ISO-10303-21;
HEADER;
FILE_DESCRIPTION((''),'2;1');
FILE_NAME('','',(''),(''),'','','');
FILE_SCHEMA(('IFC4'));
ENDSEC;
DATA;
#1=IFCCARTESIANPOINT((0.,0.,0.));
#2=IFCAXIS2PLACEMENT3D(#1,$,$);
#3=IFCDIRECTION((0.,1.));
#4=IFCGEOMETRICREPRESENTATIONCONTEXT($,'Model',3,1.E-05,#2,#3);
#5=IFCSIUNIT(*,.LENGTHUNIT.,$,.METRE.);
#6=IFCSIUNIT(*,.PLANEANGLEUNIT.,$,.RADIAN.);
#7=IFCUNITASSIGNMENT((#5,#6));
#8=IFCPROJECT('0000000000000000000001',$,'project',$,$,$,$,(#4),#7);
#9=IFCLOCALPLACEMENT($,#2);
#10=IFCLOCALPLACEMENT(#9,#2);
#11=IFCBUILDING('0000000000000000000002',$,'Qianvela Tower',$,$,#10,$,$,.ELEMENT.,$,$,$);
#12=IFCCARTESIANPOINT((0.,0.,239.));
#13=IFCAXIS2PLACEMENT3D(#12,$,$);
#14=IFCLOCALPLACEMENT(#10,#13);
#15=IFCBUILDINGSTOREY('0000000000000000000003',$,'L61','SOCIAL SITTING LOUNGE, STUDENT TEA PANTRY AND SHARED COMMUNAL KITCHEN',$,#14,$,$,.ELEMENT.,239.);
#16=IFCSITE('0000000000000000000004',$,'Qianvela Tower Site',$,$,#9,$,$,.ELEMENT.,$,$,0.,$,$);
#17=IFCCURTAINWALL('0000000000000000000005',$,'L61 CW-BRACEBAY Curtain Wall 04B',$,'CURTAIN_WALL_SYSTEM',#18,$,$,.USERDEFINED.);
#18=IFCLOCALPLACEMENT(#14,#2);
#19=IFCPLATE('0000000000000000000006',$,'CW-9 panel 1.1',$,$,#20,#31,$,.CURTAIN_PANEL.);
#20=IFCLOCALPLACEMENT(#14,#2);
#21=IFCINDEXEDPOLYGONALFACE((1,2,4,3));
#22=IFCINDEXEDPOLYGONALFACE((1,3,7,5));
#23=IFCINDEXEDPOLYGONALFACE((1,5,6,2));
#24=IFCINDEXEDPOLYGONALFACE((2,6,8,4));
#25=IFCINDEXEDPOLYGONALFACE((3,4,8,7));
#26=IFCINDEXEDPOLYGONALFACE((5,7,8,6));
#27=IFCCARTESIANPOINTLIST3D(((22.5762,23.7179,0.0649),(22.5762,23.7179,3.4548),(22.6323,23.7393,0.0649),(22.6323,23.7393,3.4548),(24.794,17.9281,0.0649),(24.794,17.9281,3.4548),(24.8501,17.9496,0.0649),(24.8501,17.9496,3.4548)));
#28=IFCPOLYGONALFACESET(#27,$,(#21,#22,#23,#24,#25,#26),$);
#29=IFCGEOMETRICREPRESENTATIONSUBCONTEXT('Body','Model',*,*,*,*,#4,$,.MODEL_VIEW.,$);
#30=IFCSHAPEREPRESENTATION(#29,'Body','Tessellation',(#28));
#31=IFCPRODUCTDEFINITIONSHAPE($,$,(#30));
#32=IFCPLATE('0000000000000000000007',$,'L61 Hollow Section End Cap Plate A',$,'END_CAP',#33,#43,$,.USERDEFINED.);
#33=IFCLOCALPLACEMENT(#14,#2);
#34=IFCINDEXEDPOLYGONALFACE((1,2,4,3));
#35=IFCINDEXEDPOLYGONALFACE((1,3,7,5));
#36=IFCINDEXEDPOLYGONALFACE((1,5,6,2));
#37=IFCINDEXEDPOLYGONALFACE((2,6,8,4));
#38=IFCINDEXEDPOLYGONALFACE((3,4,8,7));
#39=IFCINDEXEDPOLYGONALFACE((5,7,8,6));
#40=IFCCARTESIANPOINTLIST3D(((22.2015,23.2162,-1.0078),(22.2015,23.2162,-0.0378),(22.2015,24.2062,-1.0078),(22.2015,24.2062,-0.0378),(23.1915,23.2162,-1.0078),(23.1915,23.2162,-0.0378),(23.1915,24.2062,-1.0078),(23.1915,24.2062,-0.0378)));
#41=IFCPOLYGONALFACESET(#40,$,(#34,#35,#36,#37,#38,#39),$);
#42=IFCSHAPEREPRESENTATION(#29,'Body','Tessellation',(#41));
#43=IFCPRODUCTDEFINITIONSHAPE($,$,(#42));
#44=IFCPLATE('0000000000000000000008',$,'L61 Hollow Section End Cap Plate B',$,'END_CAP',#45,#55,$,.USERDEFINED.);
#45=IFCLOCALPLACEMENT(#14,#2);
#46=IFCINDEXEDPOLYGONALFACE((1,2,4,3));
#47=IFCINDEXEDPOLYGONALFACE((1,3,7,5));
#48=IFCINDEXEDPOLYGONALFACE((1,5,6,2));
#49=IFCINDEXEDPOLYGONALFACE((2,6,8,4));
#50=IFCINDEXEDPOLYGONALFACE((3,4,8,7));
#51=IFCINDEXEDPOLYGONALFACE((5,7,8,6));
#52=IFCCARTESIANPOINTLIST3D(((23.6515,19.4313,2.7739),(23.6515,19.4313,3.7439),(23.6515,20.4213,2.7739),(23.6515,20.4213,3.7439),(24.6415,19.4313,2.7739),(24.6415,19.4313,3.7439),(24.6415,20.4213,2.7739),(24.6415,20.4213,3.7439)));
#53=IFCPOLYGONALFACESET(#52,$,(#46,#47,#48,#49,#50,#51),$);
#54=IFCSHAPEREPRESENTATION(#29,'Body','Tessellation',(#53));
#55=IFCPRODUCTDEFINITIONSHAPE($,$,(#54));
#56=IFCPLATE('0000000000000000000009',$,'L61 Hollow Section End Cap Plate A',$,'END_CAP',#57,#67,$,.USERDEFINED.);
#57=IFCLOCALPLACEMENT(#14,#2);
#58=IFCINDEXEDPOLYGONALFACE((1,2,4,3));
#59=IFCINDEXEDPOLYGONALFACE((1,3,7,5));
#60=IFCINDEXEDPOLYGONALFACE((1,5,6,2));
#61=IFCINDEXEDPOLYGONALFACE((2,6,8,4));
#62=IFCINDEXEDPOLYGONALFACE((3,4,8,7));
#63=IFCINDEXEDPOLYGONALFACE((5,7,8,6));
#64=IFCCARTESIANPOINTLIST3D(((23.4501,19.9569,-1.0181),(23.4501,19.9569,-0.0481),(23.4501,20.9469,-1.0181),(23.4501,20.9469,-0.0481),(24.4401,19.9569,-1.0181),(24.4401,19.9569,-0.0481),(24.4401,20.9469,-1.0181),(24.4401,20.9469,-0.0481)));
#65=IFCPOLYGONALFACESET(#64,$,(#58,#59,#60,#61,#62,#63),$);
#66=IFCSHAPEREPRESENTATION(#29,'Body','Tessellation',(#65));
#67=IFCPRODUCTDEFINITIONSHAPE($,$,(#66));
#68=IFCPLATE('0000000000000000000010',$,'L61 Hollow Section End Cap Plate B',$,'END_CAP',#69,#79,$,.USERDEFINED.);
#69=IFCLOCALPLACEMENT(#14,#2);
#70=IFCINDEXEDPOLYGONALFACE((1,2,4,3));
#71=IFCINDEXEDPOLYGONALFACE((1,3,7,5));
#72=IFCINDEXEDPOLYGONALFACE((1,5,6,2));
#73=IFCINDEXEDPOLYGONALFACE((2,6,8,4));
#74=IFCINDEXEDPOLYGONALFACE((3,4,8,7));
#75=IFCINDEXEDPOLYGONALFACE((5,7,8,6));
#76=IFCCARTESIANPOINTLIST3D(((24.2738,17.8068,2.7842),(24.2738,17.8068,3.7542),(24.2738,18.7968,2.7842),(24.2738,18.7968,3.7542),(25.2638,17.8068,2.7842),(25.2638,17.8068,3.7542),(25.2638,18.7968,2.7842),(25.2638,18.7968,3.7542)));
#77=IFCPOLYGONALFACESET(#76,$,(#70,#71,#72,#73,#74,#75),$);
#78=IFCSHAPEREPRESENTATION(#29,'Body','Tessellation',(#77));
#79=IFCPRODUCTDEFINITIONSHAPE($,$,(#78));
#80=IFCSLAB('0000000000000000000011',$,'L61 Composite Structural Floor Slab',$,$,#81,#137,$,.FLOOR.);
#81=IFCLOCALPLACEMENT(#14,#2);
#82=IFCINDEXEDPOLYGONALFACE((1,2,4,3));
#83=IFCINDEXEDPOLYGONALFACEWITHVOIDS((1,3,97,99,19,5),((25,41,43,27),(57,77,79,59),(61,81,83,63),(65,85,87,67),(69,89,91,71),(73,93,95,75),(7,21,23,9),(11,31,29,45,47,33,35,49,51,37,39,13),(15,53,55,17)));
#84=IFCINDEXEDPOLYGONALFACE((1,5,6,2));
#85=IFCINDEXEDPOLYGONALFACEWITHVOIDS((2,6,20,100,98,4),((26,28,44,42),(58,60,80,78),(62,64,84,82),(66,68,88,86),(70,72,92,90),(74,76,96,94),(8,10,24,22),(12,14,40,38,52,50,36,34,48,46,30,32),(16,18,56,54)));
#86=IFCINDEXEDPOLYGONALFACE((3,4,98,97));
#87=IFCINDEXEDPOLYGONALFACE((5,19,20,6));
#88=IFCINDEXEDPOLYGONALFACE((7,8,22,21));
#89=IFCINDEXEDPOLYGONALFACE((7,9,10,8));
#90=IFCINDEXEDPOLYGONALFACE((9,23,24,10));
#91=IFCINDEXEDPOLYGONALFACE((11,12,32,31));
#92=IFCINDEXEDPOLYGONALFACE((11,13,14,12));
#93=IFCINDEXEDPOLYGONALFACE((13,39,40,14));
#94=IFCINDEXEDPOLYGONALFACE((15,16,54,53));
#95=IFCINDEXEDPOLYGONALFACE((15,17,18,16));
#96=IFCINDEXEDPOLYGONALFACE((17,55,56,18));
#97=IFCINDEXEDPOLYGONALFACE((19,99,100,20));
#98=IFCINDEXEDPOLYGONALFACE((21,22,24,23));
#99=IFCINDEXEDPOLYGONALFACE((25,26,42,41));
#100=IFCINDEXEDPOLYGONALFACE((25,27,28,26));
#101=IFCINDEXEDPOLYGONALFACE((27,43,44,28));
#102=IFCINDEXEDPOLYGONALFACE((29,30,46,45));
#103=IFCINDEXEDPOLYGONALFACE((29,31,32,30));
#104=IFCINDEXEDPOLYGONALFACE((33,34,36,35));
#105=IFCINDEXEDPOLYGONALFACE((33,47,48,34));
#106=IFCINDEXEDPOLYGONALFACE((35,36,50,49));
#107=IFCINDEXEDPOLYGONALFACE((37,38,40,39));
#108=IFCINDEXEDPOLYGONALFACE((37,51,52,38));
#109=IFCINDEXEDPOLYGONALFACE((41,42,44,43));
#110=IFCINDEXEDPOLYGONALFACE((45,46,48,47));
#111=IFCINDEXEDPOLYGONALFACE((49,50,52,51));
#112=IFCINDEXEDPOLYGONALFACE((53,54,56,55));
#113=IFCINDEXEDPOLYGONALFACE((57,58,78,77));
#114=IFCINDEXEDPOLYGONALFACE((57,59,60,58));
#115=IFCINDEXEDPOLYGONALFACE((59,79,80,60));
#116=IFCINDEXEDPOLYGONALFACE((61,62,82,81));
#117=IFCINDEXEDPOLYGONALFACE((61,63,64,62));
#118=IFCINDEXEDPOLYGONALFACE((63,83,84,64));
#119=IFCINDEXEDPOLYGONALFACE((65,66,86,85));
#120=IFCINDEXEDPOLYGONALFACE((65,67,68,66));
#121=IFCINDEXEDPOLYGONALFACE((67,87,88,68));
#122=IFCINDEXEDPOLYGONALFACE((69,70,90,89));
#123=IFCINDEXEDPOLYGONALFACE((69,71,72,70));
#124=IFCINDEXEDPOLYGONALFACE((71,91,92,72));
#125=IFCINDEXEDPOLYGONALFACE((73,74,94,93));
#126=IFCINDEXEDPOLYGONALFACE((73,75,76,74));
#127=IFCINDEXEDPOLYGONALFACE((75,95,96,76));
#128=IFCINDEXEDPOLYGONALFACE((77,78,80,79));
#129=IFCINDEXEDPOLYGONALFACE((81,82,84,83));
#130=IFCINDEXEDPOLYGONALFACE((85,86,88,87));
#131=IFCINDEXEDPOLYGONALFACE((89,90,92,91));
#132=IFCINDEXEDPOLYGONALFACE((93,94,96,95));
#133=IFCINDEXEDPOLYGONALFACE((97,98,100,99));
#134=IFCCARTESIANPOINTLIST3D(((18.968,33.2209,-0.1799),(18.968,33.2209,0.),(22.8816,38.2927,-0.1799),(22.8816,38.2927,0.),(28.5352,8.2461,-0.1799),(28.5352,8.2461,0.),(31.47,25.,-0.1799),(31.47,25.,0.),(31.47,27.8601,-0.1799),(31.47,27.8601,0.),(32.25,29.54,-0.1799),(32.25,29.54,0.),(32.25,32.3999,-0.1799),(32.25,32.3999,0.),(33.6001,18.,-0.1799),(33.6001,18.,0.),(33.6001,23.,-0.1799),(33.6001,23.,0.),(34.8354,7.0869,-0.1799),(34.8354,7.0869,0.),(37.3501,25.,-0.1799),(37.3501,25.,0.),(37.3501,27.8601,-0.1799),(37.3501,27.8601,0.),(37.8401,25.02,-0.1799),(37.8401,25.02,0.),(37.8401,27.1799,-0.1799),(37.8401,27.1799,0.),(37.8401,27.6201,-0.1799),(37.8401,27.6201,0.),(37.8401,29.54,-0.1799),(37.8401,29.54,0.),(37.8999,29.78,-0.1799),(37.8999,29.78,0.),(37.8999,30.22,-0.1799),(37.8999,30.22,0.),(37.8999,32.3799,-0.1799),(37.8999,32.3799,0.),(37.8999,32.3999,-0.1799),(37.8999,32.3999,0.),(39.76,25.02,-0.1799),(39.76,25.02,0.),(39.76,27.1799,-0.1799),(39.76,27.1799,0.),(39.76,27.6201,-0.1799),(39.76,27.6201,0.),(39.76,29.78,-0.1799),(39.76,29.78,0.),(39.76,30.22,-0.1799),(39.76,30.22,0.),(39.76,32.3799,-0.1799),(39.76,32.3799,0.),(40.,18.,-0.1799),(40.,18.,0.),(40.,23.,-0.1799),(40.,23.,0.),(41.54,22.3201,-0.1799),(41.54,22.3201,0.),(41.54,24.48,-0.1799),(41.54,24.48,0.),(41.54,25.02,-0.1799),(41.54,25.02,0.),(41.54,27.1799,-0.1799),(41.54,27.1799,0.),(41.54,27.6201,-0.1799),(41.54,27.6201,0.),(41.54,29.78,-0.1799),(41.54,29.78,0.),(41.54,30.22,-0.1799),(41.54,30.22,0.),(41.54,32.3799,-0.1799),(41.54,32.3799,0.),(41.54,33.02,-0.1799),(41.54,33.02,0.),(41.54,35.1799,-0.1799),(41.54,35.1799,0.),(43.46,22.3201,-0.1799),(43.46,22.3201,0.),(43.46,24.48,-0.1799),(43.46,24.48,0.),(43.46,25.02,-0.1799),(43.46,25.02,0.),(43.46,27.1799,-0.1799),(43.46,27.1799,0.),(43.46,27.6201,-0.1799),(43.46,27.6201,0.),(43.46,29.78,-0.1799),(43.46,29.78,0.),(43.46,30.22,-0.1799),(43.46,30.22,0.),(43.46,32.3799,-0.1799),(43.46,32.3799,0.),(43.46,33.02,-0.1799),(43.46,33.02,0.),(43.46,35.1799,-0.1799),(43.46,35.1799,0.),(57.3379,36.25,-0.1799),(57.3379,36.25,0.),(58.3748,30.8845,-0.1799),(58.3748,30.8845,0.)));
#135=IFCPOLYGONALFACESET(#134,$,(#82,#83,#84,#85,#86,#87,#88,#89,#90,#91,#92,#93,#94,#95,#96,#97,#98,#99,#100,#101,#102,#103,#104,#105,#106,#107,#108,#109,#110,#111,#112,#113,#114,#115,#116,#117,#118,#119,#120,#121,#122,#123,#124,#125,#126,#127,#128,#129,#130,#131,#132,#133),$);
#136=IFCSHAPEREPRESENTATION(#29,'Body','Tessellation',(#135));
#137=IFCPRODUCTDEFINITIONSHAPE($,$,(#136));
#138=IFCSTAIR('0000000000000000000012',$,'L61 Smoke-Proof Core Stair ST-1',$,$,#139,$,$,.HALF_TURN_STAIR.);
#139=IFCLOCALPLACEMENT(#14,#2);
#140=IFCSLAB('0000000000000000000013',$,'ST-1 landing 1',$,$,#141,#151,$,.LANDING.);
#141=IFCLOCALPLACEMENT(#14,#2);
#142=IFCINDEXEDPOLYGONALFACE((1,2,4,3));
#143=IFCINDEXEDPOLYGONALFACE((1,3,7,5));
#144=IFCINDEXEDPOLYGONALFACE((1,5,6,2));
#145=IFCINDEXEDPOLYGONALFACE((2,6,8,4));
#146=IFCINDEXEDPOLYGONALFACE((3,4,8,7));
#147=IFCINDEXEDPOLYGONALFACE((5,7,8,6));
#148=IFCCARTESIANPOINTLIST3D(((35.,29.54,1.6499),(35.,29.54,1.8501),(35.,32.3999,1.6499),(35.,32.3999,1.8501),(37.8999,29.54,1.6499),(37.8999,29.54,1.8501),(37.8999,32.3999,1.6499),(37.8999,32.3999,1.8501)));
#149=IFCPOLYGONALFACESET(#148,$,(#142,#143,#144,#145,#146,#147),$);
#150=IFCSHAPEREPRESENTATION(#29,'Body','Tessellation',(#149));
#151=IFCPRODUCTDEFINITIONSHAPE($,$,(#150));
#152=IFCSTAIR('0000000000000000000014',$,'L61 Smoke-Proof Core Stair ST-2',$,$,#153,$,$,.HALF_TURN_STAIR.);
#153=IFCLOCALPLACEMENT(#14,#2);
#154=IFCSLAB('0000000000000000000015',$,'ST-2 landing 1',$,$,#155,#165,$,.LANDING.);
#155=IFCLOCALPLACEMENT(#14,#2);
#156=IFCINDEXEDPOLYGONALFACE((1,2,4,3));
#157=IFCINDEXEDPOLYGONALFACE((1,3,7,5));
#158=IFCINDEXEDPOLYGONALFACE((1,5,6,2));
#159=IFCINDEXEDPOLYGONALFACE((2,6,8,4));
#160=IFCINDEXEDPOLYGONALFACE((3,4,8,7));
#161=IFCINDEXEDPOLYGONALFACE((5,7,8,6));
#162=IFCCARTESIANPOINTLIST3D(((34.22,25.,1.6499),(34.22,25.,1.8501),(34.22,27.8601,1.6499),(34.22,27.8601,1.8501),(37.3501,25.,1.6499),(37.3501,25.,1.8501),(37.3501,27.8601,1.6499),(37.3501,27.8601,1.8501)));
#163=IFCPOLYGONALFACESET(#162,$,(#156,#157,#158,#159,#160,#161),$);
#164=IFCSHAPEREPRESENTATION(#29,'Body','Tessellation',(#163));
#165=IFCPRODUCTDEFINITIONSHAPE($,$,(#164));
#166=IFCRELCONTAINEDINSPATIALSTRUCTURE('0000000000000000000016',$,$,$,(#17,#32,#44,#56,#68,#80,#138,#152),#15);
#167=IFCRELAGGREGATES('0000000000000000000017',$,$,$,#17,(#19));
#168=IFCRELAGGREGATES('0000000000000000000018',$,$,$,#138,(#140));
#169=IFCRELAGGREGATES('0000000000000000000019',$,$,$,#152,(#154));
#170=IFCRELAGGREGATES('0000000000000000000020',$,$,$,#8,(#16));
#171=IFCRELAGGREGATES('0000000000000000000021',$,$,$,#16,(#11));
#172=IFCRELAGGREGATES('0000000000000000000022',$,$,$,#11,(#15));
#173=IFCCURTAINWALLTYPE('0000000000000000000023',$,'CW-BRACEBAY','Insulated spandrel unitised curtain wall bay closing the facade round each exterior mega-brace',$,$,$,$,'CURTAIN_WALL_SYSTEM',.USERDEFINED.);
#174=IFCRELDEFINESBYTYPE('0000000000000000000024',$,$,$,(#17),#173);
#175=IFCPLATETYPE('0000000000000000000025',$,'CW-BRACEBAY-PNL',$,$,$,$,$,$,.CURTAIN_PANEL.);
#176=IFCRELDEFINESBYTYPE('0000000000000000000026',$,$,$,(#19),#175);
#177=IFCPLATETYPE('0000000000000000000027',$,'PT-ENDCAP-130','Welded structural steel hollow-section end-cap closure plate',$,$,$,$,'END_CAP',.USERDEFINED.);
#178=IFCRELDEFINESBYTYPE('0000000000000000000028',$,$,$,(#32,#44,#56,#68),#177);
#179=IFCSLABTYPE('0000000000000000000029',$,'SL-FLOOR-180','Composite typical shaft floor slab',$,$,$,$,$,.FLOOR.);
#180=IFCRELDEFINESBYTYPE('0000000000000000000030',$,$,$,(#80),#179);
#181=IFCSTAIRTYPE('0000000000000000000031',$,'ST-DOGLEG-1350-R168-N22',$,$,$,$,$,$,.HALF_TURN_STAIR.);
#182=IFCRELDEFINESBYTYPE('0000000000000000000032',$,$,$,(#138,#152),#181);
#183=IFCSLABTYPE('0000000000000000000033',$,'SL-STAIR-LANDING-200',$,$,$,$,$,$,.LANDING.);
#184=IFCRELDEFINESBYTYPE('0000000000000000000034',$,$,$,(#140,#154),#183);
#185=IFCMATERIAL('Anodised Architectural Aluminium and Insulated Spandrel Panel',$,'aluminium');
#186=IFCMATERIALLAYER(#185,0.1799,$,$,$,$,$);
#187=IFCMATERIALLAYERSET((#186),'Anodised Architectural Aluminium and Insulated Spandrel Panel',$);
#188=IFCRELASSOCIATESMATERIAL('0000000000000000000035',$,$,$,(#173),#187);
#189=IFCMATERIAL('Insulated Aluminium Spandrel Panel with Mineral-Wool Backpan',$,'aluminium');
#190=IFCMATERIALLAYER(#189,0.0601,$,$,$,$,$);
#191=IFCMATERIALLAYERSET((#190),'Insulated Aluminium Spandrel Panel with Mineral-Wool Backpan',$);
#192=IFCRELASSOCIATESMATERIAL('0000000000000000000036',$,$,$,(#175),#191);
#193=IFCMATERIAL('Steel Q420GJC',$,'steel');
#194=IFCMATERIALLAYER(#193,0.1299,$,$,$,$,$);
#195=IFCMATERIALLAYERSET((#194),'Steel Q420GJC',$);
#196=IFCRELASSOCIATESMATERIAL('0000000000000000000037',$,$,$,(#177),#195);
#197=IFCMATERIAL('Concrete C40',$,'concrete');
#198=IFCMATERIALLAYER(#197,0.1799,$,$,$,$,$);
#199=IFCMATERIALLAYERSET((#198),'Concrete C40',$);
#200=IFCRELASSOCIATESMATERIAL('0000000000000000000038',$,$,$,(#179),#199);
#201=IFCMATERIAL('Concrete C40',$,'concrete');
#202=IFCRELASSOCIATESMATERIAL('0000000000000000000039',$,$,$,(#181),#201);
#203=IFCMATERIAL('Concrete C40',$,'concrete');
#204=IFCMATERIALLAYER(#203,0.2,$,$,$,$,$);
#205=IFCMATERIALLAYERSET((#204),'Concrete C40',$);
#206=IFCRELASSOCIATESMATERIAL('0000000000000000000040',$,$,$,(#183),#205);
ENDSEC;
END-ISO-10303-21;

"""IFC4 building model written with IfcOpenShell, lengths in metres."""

from ifc_helpers import new_model, si_unit, direction, frame, origin, origin_2d, place, context, subcontext, project, spatial, polyline, rectangle, outline, extrude, material, layer, layer_set, type_object, element, aggregate, save


model = new_model("IFC4")

# Units and contexts
model_context = context("Model", 3, precision=1e-05, world=origin(), true_north=direction((0.0, 1.0)))
body_context = subcontext(model_context, "Body", "Model", "MODEL_VIEW")
ifc_project = project(units=[si_unit("LENGTHUNIT", "METRE"), si_unit("PLANEANGLEUNIT", "RADIAN")], contexts=[model_context])

# Site, building, storey
site_placement = place(None, origin())
site = spatial("IfcSite", under=ifc_project, at=site_placement, Name="Qianvela Tower Site", CompositionType="ELEMENT", RefElevation=0.0)
building_placement = place(site_placement, origin())
building = spatial("IfcBuilding", under=site, at=building_placement, Name="Qianvela Tower", CompositionType="ELEMENT")
storey_placement = place(building_placement, frame((0.0, 0.0, 239.0)))
storey = spatial("IfcBuildingStorey", under=building, at=storey_placement, Name="L61", Description="SOCIAL SITTING LOUNGE, STUDENT TEA PANTRY AND SHARED COMMUNAL KITCHEN", CompositionType="ELEMENT", Elevation=239.0)

# Curtain wall
ifc_material_1 = material(Name="Anodised Architectural Aluminium and Insulated Spandrel Panel", Category="aluminium")
ifc_layer_1 = layer(ifc_material_1, 0.1799)
ifc_layer_set_1 = layer_set([ifc_layer_1], Name="Anodised Architectural Aluminium and Insulated Spandrel Panel")
curtain_wall_type_1 = type_object("IfcCurtainWallType", Name="CW-BRACEBAY", Description="Insulated spandrel unitised curtain wall bay closing the facade round each exterior mega-brace", ElementType="CURTAIN_WALL_SYSTEM", PredefinedType="USERDEFINED", material=ifc_layer_set_1)
curtain_wall_1_placement = place(storey_placement, origin())
curtain_wall_1 = element("IfcCurtainWall", 1, at=curtain_wall_1_placement, inside=storey, type_object=curtain_wall_type_1, Name="L61 CW-BRACEBAY Curtain Wall 04B", ObjectType="CURTAIN_WALL_SYSTEM", PredefinedType="USERDEFINED")

# Plate
ifc_material_2 = material(Name="Insulated Aluminium Spandrel Panel with Mineral-Wool Backpan", Category="aluminium")
ifc_layer_2 = layer(ifc_material_2, 0.0601)
ifc_layer_set_2 = layer_set([ifc_layer_2], Name="Insulated Aluminium Spandrel Panel with Mineral-Wool Backpan")
plate_type_1 = type_object("IfcPlateType", Name="CW-BRACEBAY-PNL", PredefinedType="CURTAIN_PANEL", material=ifc_layer_set_2)
plate_placement = place(storey_placement, frame((23.7131, 20.8337, 0.0649), z_axis=(0.0, 0.0, 1.0), x_axis=(0.357713, -0.933832, 0.0)))
plate = element("IfcPlate", 2, at=plate_placement, type_object=plate_type_1, Name="CW-9 panel 1.1", PredefinedType="CURTAIN_PANEL", context=body_context, shape_type="SweptSolid", body=[
    extrude(rectangle(XDim=6.2, YDim=0.0601, at=origin_2d()), origin(), (0.0, 0.0, 1.0), 3.3899),
])
aggregate(curtain_wall_1, [plate])

# Plates
ifc_material_3 = material(Name="Steel Q420GJC", Category="steel")
ifc_layer_3 = layer(ifc_material_3, 0.1299)
ifc_layer_set_3 = layer_set([ifc_layer_3], Name="Steel Q420GJC")
plate_type_2 = type_object("IfcPlateType", Name="PT-ENDCAP-130", Description="Welded structural steel hollow-section end-cap closure plate", ElementType="END_CAP", PredefinedType="USERDEFINED", material=ifc_layer_set_3)
for number, where, z_axis, x_axis, name in (
    (3, (22.6965, 23.7112, -1.0078), (0.0, 0.0, 1.0), (1.0, 0.0, 0.0), "L61 Hollow Section End Cap Plate A"),
    (4, (24.1465, 19.9263, 2.7739), (0.0, 0.0, 1.0), (1.0, 0.0, 0.0), "L61 Hollow Section End Cap Plate B"),
    (5, (23.9451, 20.4519, -1.0181), (0.0, 0.0, 1.0), (1.0, 0.0, 0.0), "L61 Hollow Section End Cap Plate A"),
    (6, (24.7688, 18.3018, 2.7842), (0.0, 0.0, 1.0), (1.0, 0.0, 0.0), "L61 Hollow Section End Cap Plate B"),
):
    element("IfcPlate", number, at=place(storey_placement, frame(where, z_axis=z_axis, x_axis=x_axis)), inside=storey, type_object=plate_type_2, Name=name, ObjectType="END_CAP", PredefinedType="USERDEFINED", context=body_context, shape_type="SweptSolid", body=[
        extrude(rectangle(XDim=0.99, YDim=0.99, at=origin_2d()), origin(), (0.0, 0.0, 1.0), 0.97),
    ])

# Slab
ifc_material_4 = material(Name="Concrete C40", Category="concrete")
ifc_layer_4 = layer(ifc_material_4, 0.1799)
ifc_layer_set_4 = layer_set([ifc_layer_4], Name="Concrete C40")
slab_type_1 = type_object("IfcSlabType", Name="SL-FLOOR-180", Description="Composite typical shaft floor slab", PredefinedType="FLOOR", material=ifc_layer_set_4)
slab_1_placement = place(storey_placement, frame((0.0, 0.0, -0.1799)))
element("IfcSlab", 7, at=slab_1_placement, inside=storey, type_object=slab_type_1, Name="L61 Composite Structural Floor Slab", PredefinedType="FLOOR", context=body_context, shape_type="SweptSolid", body=[
    extrude(outline(polyline([(58.3748, 30.8845), (57.3379, 36.25), (22.8816, 38.2927), (18.968, 33.2209), (28.5352, 8.2461), (34.8354, 7.0869), (58.3748, 30.8845)]), holes=[polyline([(40.0, 23.0), (33.6001, 23.0), (33.6001, 18.0), (40.0, 18.0), (40.0, 23.0)]), polyline([(39.76, 27.1799), (37.8401, 27.1799), (37.8401, 25.02), (39.76, 25.02), (39.76, 27.1799)]), polyline([(37.3501, 27.8601), (31.47, 27.8601), (31.47, 25.0), (37.3501, 25.0), (37.3501, 27.8601)]), polyline([(37.8401, 27.6201), (39.76, 27.6201), (39.76, 29.78), (37.8999, 29.78), (37.8999, 30.22), (39.76, 30.22), (39.76, 32.3799), (37.8999, 32.3799), (37.8999, 32.3999), (32.25, 32.3999), (32.25, 29.54), (37.8401, 29.54), (37.8401, 27.6201)]), polyline([(43.46, 22.3201), (43.46, 24.48), (41.54, 24.48), (41.54, 22.3201), (43.46, 22.3201)]), polyline([(43.46, 25.02), (43.46, 27.1799), (41.54, 27.1799), (41.54, 25.02), (43.46, 25.02)]), polyline([(43.46, 29.78), (41.54, 29.78), (41.54, 27.6201), (43.46, 27.6201), (43.46, 29.78)]), polyline([(43.46, 30.22), (43.46, 32.3799), (41.54, 32.3799), (41.54, 30.22), (43.46, 30.22)]), polyline([(43.46, 33.02), (43.46, 35.1799), (41.54, 35.1799), (41.54, 33.02), (43.46, 33.02)])]), origin(), (0.0, 0.0, 1.0), 0.1799),
])

# Stairs, slabs
ifc_material_5 = material(Name="Concrete C40", Category="concrete")
stair_type = type_object("IfcStairType", Name="ST-DOGLEG-1350-R168-N22", PredefinedType="HALF_TURN_STAIR", material=ifc_material_5)
stair_1_placement = place(storey_placement, origin())
stair_1 = element("IfcStair", 8, at=stair_1_placement, inside=storey, type_object=stair_type, Name="L61 Smoke-Proof Core Stair ST-1", PredefinedType="HALF_TURN_STAIR")
ifc_material_6 = material(Name="Concrete C40", Category="concrete")
ifc_layer_5 = layer(ifc_material_6, 0.2)
ifc_layer_set_5 = layer_set([ifc_layer_5], Name="Concrete C40")
slab_type_2 = type_object("IfcSlabType", Name="SL-STAIR-LANDING-200", PredefinedType="LANDING", material=ifc_layer_set_5)
slab_2_placement = place(storey_placement, frame((0.0, 0.0, 1.6499)))
slab_2 = element("IfcSlab", 9, at=slab_2_placement, type_object=slab_type_2, Name="ST-1 landing 1", PredefinedType="LANDING", context=body_context, shape_type="SweptSolid", body=[
    extrude(outline(polyline([(35.0, 29.54), (37.8999, 29.54), (37.8999, 32.3999), (35.0, 32.3999), (35.0, 29.54)])), origin(), (0.0, 0.0, 1.0), 0.2002),
])
aggregate(stair_1, [slab_2])
stair_2_placement = place(storey_placement, origin())
stair_2 = element("IfcStair", 10, at=stair_2_placement, inside=storey, type_object=stair_type, Name="L61 Smoke-Proof Core Stair ST-2", PredefinedType="HALF_TURN_STAIR")
slab_3_placement = place(storey_placement, frame((0.0, 0.0, 1.6499)))
slab_3 = element("IfcSlab", 11, at=slab_3_placement, type_object=slab_type_2, Name="ST-2 landing 1", PredefinedType="LANDING", context=body_context, shape_type="SweptSolid", body=[
    extrude(outline(polyline([(34.22, 25.0), (37.3501, 25.0), (37.3501, 27.8601), (34.22, 27.8601), (34.22, 25.0)])), origin(), (0.0, 0.0, 1.0), 0.2002),
])
aggregate(stair_2, [slab_3])

save(model, "model.ifc")
